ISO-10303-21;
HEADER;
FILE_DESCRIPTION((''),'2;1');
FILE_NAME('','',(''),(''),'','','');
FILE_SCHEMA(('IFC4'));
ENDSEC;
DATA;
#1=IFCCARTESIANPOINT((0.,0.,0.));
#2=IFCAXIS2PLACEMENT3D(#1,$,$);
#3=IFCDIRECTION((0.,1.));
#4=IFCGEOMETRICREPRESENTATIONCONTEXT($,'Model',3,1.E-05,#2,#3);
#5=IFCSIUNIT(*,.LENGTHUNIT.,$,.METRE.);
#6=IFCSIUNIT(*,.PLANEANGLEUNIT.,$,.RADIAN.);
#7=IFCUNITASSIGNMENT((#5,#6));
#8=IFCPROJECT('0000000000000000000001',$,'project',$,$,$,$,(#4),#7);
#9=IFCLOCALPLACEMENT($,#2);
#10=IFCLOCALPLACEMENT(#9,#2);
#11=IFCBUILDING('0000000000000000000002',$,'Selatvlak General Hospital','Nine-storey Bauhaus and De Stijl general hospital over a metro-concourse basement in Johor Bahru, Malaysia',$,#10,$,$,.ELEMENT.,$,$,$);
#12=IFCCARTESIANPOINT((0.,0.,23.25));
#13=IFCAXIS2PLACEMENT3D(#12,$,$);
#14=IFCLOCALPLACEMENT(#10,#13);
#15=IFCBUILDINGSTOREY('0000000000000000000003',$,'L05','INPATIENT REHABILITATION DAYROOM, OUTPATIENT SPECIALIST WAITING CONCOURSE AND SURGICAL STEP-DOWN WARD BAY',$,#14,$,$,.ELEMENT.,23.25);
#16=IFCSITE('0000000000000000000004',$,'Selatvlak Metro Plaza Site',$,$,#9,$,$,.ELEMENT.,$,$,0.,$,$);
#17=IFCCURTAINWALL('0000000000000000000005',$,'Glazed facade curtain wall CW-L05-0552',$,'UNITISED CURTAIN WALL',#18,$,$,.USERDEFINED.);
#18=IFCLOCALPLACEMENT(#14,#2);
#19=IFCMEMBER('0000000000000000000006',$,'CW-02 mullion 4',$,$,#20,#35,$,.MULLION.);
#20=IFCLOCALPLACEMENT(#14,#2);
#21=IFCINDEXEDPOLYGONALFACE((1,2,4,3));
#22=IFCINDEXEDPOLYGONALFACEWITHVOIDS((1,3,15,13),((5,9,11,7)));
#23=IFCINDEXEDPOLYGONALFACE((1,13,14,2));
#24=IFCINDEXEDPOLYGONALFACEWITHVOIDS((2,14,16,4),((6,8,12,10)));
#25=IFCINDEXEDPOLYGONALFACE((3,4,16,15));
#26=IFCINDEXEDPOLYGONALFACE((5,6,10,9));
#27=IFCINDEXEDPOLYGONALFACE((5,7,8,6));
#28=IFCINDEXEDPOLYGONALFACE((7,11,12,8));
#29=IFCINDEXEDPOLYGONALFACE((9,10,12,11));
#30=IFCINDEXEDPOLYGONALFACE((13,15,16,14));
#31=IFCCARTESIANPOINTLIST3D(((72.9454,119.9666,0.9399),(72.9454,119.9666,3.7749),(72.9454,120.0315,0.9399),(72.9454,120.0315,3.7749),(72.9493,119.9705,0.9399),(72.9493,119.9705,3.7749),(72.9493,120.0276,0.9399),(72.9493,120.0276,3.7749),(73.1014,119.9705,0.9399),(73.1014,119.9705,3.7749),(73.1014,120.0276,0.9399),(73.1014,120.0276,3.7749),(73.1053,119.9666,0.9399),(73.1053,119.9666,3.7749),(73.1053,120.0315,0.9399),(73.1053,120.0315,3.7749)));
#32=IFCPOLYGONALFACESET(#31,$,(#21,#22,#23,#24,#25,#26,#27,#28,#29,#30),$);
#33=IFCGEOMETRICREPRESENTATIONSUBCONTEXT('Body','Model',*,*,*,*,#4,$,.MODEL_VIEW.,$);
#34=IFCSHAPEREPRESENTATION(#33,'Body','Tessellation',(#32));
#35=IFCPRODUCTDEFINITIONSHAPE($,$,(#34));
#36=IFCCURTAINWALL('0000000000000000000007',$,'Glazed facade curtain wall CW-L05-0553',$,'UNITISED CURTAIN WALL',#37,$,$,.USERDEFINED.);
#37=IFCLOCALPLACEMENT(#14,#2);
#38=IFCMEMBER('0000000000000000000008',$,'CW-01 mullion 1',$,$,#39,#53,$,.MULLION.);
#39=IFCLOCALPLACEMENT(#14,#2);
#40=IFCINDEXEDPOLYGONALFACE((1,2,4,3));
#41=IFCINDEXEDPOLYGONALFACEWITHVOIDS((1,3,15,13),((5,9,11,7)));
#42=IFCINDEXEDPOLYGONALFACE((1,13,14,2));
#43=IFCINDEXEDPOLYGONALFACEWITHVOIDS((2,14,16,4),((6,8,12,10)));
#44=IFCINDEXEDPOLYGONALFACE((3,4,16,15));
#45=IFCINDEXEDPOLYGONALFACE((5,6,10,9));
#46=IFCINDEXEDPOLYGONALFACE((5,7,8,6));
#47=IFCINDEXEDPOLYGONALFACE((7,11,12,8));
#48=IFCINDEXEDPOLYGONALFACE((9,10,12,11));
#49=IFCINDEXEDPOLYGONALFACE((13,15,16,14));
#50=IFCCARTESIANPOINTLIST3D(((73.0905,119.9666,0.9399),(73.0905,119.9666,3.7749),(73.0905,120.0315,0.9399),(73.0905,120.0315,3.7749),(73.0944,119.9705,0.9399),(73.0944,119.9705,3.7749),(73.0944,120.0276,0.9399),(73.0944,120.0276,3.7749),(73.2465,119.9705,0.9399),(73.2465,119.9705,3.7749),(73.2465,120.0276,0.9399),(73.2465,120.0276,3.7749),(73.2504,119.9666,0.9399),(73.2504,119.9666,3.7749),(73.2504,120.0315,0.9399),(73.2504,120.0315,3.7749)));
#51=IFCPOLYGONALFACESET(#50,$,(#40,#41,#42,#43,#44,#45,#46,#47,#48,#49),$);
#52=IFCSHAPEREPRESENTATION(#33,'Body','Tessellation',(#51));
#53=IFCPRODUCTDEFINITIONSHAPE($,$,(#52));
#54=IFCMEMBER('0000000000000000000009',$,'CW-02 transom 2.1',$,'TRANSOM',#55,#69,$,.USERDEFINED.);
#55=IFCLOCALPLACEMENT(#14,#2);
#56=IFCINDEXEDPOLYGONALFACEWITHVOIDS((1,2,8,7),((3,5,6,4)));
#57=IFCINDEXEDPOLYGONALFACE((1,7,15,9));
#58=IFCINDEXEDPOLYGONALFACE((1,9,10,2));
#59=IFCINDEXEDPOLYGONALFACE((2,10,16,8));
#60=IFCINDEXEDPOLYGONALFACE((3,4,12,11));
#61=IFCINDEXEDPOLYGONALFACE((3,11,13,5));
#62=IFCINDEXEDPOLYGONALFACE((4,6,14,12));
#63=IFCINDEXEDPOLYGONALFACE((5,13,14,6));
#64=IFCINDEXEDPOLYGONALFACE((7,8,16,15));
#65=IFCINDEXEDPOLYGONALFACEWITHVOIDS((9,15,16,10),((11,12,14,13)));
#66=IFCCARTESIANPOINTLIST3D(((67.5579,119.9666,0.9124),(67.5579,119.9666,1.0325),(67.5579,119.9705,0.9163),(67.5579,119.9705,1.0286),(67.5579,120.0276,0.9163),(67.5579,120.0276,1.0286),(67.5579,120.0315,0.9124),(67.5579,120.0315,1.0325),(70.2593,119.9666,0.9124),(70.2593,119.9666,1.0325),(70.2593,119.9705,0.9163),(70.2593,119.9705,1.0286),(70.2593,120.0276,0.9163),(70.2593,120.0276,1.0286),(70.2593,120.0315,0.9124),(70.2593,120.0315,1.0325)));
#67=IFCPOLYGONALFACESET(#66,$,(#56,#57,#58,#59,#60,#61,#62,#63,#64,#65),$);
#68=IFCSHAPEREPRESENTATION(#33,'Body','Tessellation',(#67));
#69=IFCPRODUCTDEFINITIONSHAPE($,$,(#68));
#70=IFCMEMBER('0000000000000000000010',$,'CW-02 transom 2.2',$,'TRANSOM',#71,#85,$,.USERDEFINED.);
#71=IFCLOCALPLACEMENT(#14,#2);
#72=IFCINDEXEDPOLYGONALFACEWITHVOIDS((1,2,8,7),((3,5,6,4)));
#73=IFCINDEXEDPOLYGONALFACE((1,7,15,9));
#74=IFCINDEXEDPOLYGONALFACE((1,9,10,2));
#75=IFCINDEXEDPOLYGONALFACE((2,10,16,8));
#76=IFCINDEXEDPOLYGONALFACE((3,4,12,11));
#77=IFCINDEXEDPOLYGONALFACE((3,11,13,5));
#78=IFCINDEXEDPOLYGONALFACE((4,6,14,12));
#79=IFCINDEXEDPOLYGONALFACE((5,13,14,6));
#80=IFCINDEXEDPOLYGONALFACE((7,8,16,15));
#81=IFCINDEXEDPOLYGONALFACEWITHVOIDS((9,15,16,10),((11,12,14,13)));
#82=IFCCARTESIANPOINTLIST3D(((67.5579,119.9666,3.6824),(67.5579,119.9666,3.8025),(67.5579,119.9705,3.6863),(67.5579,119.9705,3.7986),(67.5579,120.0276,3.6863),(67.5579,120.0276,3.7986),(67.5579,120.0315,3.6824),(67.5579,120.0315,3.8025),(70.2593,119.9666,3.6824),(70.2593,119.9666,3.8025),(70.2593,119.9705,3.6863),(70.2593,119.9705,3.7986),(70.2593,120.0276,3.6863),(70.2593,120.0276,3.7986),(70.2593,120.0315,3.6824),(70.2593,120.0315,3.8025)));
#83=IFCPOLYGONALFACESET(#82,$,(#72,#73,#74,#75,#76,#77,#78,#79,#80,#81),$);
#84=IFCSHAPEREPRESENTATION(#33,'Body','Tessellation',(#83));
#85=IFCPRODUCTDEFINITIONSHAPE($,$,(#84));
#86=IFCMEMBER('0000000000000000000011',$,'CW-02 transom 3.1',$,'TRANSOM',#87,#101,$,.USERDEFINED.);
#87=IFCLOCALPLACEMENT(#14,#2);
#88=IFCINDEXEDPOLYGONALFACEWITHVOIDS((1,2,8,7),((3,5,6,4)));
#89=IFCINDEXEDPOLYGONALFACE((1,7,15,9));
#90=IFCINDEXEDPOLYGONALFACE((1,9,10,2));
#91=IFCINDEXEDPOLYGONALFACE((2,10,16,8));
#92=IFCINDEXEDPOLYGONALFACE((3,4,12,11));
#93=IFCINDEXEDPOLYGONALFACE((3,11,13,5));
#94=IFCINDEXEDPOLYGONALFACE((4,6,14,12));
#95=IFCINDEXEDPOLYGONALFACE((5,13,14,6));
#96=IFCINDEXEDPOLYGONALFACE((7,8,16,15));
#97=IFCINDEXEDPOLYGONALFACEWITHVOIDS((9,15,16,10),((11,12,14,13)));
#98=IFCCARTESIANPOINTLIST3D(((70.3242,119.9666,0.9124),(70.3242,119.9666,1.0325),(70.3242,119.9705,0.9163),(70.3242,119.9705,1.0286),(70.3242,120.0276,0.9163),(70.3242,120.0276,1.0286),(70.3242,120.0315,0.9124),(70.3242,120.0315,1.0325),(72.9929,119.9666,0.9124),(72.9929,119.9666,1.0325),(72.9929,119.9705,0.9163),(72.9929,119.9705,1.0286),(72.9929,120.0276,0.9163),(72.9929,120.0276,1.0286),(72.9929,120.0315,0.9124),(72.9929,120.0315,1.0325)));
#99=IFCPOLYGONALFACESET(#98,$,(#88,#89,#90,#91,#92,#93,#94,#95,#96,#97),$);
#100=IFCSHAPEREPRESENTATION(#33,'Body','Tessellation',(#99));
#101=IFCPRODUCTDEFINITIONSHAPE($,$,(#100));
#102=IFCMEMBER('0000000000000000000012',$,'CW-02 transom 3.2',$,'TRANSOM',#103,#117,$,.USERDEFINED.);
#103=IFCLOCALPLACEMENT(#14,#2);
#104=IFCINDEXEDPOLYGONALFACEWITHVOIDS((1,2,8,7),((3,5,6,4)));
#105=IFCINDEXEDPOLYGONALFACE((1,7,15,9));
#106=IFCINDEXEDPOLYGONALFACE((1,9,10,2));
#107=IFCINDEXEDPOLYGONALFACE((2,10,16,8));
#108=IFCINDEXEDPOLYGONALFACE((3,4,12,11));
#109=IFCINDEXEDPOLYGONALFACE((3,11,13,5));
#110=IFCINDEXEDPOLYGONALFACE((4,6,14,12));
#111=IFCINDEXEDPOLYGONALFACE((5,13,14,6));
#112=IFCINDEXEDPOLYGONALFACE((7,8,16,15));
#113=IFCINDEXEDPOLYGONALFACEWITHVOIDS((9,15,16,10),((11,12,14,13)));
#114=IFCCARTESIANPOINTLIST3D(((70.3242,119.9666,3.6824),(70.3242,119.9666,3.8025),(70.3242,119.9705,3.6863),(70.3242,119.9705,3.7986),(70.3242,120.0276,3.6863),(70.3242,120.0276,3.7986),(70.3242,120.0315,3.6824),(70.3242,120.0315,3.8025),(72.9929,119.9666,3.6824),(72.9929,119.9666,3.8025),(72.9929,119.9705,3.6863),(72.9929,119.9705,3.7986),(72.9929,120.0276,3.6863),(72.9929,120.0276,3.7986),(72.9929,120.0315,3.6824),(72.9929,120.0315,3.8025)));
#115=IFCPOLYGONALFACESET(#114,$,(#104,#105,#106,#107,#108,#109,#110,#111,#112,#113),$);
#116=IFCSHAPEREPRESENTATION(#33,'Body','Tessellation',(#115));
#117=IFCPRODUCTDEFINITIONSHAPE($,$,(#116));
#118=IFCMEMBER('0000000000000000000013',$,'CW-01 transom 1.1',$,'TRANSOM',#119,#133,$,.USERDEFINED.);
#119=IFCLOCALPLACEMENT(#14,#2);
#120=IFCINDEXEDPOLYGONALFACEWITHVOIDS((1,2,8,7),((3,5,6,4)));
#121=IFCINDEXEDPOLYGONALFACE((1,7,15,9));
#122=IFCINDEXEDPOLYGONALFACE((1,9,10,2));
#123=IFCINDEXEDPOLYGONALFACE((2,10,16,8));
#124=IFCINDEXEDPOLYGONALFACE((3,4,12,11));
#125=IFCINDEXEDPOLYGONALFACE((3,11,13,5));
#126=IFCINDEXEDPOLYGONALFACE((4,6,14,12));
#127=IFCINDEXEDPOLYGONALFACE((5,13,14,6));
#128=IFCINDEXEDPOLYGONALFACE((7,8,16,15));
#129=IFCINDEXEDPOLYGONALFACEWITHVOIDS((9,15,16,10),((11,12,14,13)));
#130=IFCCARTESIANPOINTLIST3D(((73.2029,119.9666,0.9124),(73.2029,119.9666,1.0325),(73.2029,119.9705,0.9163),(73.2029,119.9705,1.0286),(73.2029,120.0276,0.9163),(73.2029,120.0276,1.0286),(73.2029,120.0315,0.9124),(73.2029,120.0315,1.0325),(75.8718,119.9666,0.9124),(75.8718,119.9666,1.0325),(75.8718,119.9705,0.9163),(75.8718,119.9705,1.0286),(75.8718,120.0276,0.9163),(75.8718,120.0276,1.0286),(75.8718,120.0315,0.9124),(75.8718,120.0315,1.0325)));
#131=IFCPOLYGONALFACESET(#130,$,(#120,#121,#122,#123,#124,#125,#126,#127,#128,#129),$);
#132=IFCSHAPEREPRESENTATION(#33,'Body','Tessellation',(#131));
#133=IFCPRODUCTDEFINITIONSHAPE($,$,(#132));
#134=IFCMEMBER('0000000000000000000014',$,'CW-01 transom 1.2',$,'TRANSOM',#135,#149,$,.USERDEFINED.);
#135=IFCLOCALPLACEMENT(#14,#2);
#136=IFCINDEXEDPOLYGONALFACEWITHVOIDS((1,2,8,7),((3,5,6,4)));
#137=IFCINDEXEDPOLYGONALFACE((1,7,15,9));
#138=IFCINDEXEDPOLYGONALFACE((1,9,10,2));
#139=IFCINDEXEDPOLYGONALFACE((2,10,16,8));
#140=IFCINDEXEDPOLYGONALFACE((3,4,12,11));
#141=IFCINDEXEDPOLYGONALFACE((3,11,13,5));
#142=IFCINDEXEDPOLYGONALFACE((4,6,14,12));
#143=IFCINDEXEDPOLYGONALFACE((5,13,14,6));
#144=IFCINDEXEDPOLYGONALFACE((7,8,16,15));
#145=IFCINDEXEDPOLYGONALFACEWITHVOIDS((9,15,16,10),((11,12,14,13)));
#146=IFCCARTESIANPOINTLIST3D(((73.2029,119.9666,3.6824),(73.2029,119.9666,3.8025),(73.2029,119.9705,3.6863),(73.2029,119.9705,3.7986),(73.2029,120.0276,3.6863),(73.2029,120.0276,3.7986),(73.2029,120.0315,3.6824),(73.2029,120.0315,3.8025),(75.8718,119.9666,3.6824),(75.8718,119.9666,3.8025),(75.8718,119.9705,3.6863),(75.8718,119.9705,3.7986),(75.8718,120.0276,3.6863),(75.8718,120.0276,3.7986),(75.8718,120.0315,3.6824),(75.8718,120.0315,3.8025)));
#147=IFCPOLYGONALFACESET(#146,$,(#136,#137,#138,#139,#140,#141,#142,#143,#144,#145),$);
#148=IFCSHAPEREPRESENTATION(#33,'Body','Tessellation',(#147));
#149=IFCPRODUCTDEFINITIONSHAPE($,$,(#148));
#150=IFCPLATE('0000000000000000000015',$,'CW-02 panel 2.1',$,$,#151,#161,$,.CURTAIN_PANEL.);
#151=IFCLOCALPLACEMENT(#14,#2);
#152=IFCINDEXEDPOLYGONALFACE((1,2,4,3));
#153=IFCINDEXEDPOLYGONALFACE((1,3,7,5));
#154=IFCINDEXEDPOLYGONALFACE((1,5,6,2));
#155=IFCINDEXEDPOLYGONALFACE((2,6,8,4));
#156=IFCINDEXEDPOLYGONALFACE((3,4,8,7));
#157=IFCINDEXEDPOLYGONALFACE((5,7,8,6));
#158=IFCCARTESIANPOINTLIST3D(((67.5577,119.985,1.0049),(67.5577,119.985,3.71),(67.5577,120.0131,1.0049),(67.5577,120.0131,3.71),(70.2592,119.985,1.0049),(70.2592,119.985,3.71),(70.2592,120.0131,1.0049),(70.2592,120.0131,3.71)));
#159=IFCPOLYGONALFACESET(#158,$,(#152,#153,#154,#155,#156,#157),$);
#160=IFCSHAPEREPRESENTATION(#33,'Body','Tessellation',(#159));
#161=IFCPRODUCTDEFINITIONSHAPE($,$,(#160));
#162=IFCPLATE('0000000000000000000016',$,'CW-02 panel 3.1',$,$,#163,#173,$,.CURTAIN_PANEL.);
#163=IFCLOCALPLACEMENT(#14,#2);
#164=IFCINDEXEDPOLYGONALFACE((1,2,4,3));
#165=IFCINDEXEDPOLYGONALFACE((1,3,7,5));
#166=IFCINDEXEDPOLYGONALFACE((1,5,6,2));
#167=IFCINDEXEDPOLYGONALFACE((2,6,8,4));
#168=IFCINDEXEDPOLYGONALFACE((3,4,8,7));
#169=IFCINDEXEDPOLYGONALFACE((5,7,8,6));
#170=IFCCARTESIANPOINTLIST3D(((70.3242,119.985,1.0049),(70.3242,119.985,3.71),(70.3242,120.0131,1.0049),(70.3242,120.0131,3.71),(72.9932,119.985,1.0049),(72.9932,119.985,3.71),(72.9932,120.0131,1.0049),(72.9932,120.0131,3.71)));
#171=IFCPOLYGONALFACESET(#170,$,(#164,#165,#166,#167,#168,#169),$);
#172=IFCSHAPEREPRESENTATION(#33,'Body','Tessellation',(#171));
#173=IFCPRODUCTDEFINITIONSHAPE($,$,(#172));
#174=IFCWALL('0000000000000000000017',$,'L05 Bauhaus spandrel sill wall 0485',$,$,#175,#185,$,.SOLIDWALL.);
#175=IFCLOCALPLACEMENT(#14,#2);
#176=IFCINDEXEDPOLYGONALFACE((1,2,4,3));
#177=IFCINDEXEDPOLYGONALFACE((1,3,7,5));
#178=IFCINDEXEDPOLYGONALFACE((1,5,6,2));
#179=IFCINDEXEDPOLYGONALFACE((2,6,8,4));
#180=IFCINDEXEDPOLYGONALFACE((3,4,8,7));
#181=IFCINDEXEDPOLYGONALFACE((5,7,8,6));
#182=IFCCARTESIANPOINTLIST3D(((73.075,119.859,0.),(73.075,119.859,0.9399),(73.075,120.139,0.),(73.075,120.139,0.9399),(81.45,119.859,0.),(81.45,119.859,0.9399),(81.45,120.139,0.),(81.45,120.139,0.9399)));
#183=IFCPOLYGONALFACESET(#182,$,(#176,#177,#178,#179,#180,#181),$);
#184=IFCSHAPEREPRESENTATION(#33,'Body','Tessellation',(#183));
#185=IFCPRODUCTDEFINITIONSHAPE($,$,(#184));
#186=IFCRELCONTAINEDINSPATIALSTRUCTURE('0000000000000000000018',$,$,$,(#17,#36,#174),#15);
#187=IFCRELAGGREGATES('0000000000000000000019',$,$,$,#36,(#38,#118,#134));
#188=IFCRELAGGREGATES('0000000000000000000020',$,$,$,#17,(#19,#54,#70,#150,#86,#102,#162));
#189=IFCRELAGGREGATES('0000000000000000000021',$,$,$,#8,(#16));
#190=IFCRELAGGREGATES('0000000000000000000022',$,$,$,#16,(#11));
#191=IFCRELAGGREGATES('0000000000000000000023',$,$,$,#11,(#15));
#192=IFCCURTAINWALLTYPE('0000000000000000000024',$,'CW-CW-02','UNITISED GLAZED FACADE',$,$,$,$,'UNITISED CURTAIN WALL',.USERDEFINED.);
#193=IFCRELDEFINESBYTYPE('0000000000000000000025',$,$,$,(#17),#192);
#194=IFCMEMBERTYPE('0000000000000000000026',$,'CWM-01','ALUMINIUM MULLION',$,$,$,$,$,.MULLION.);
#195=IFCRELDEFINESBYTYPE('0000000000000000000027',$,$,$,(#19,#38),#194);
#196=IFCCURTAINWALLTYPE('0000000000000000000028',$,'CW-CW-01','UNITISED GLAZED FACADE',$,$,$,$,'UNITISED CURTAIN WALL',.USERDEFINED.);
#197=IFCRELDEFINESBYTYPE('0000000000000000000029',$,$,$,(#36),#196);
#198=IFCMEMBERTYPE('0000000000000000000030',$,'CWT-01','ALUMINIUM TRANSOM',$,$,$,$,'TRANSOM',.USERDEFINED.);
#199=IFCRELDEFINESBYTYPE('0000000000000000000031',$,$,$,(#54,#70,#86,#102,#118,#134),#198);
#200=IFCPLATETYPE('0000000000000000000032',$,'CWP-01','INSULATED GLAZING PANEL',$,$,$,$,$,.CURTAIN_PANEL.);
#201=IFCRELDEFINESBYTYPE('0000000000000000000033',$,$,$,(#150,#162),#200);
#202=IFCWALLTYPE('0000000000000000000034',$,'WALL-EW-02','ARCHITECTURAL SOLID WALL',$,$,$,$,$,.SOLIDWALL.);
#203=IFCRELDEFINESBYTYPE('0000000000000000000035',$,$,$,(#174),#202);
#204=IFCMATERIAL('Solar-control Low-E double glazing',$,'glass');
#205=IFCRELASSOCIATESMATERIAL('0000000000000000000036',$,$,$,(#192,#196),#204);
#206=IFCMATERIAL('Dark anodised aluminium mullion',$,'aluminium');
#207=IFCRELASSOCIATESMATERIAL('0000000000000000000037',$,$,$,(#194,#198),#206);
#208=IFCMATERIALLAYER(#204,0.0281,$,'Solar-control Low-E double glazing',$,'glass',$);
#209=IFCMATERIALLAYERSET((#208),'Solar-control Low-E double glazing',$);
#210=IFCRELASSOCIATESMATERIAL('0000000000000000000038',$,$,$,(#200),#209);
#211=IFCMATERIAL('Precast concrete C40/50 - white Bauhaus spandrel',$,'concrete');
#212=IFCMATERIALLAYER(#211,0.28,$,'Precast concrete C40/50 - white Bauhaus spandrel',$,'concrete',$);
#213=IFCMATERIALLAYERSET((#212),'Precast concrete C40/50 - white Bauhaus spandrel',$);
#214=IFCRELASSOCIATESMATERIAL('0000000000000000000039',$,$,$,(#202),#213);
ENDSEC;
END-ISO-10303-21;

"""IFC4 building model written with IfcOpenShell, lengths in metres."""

from ifc_helpers import new_model, si_unit, direction, frame, frame_2d, origin, origin_2d, place, context, subcontext, project, spatial, rectangle, hollow_rectangle, extrude, material, layer, layer_set, material_profile, profile_set, type_object, element, aggregate, save


model = new_model("IFC4")

# Units and contexts
model_context = context("Model", 3, precision=1e-05, world=origin(), true_north=direction((0.0, 1.0)))
body_context = subcontext(model_context, "Body", "Model", "MODEL_VIEW")
ifc_project = project(units=[si_unit("LENGTHUNIT", "METRE"), si_unit("PLANEANGLEUNIT", "RADIAN")], contexts=[model_context])

# Site, building, storey
site_placement = place(None, origin())
site = spatial("IfcSite", under=ifc_project, at=site_placement, Name="Selatvlak Metro Plaza Site", CompositionType="ELEMENT", RefElevation=0.0)
building_placement = place(site_placement, origin())
building = spatial("IfcBuilding", under=site, at=building_placement, Name="Selatvlak General Hospital", Description="Nine-storey Bauhaus and De Stijl general hospital over a metro-concourse basement in Johor Bahru, Malaysia", CompositionType="ELEMENT")
storey_placement = place(building_placement, frame((0.0, 0.0, 23.25)))
storey = spatial("IfcBuildingStorey", under=building, at=storey_placement, Name="L05", Description="INPATIENT REHABILITATION DAYROOM, OUTPATIENT SPECIALIST WAITING CONCOURSE AND SURGICAL STEP-DOWN WARD BAY", CompositionType="ELEMENT", Elevation=23.25)

# Curtain wall, member
ifc_material_1 = material(Name="Solar-control Low-E double glazing", Category="glass")
curtain_wall_type_1 = type_object("IfcCurtainWallType", Name="CW-CW-02", Description="UNITISED GLAZED FACADE", ElementType="UNITISED CURTAIN WALL", PredefinedType="USERDEFINED", material=ifc_material_1)
curtain_wall_1_placement = place(storey_placement, origin())
curtain_wall_1 = element("IfcCurtainWall", 1, at=curtain_wall_1_placement, inside=storey, type_object=curtain_wall_type_1, Name="Glazed facade curtain wall CW-L05-0552", ObjectType="UNITISED CURTAIN WALL", PredefinedType="USERDEFINED")
ifc_material_2 = material(Name="Dark anodised aluminium mullion", Category="aluminium")
ifc_material_profile_1 = material_profile(ifc_material_2, hollow_rectangle(XDim=0.0649, YDim=0.1599, WallThickness=0.0039, at=origin_2d()), Name="AL-MUL 65x160x4")
ifc_profile_set_1 = profile_set([ifc_material_profile_1], Name="Dark anodised aluminium mullion")
member_type_1 = type_object("IfcMemberType", Name="CWM-01", Description="ALUMINIUM MULLION", PredefinedType="MULLION", material=ifc_profile_set_1)
member_1_placement = place(storey_placement, frame((73.0254, 119.999, 0.9399), z_axis=(0.0, 0.0, 1.0), x_axis=(0.0, 1.0, 0.0)))
member_1 = element("IfcMember", 2, at=member_1_placement, type_object=member_type_1, Name="CW-02 mullion 4", PredefinedType="MULLION", context=body_context, shape_type="SweptSolid", body=[
    extrude(hollow_rectangle(XDim=0.0649, YDim=0.1599, WallThickness=0.0039, at=origin_2d()), origin(), (0.0, 0.0, 1.0), 2.835),
])

# Curtain wall, member
curtain_wall_type_2 = type_object("IfcCurtainWallType", Name="CW-CW-01", Description="UNITISED GLAZED FACADE", ElementType="UNITISED CURTAIN WALL", PredefinedType="USERDEFINED", material=ifc_material_1)
curtain_wall_2_placement = place(storey_placement, origin())
curtain_wall_2 = element("IfcCurtainWall", 3, at=curtain_wall_2_placement, inside=storey, type_object=curtain_wall_type_2, Name="Glazed facade curtain wall CW-L05-0553", ObjectType="UNITISED CURTAIN WALL", PredefinedType="USERDEFINED")
member_2_placement = place(storey_placement, frame((73.1704, 119.999, 0.9399), z_axis=(0.0, 0.0, 1.0), x_axis=(0.0, 1.0, 0.0)))
member_2 = element("IfcMember", 4, at=member_2_placement, type_object=member_type_1, Name="CW-01 mullion 1", PredefinedType="MULLION", context=body_context, shape_type="SweptSolid", body=[
    extrude(hollow_rectangle(XDim=0.0649, YDim=0.1599, WallThickness=0.0039, at=origin_2d()), origin(), (0.0, 0.0, 1.0), 2.835),
])

# Members
ifc_material_profile_2 = material_profile(ifc_material_2, hollow_rectangle(XDim=0.0649, YDim=0.1201, WallThickness=0.0039, at=origin_2d()), Name="AL-TRN 65x120x4")
ifc_profile_set_2 = profile_set([ifc_material_profile_2], Name="Dark anodised aluminium mullion")
member_type_2 = type_object("IfcMemberType", Name="CWT-01", Description="ALUMINIUM TRANSOM", ElementType="TRANSOM", PredefinedType="USERDEFINED", material=ifc_profile_set_2)
member_3_placement = place(storey_placement, frame((67.5579, 119.999, 0.9724), z_axis=(1.0, 0.0, 0.0), x_axis=(0.0, 1.0, 0.0)))
member_3 = element("IfcMember", 5, at=member_3_placement, type_object=member_type_2, Name="CW-02 transom 2.1", ObjectType="TRANSOM", PredefinedType="USERDEFINED", context=body_context, shape_type="SweptSolid", body=[
    extrude(hollow_rectangle(XDim=0.0649, YDim=0.1201, WallThickness=0.0039, at=origin_2d()), origin(), (0.0, 0.0, 1.0), 2.7014),
])
member_4_placement = place(storey_placement, frame((67.5579, 119.999, 3.7424), z_axis=(1.0, 0.0, 0.0), x_axis=(0.0, 1.0, 0.0)))
member_4 = element("IfcMember", 6, at=member_4_placement, type_object=member_type_2, Name="CW-02 transom 2.2", ObjectType="TRANSOM", PredefinedType="USERDEFINED", context=body_context, shape_type="SweptSolid", body=[
    extrude(hollow_rectangle(XDim=0.0649, YDim=0.1201, WallThickness=0.0039, at=origin_2d()), origin(), (0.0, 0.0, 1.0), 2.7014),
])
member_5_placement = place(storey_placement, frame((70.3242, 119.999, 0.9724), z_axis=(1.0, 0.0, 0.0), x_axis=(0.0, 1.0, 0.0)))
member_5 = element("IfcMember", 7, at=member_5_placement, type_object=member_type_2, Name="CW-02 transom 3.1", ObjectType="TRANSOM", PredefinedType="USERDEFINED", context=body_context, shape_type="SweptSolid", body=[
    extrude(hollow_rectangle(XDim=0.0649, YDim=0.1201, WallThickness=0.0039, at=origin_2d()), origin(), (0.0, 0.0, 1.0), 2.6687),
])
member_6_placement = place(storey_placement, frame((70.3242, 119.999, 3.7424), z_axis=(1.0, 0.0, 0.0), x_axis=(0.0, 1.0, 0.0)))
member_6 = element("IfcMember", 8, at=member_6_placement, type_object=member_type_2, Name="CW-02 transom 3.2", ObjectType="TRANSOM", PredefinedType="USERDEFINED", context=body_context, shape_type="SweptSolid", body=[
    extrude(hollow_rectangle(XDim=0.0649, YDim=0.1201, WallThickness=0.0039, at=origin_2d()), origin(), (0.0, 0.0, 1.0), 2.6687),
])
member_7_placement = place(storey_placement, frame((73.2029, 119.999, 0.9724), z_axis=(1.0, 0.0, 0.0), x_axis=(0.0, 1.0, 0.0)))
member_7 = element("IfcMember", 9, at=member_7_placement, type_object=member_type_2, Name="CW-01 transom 1.1", ObjectType="TRANSOM", PredefinedType="USERDEFINED", context=body_context, shape_type="SweptSolid", body=[
    extrude(hollow_rectangle(XDim=0.0649, YDim=0.1201, WallThickness=0.0039, at=origin_2d()), origin(), (0.0, 0.0, 1.0), 2.6689),
])
member_8_placement = place(storey_placement, frame((73.2029, 119.999, 3.7424), z_axis=(1.0, 0.0, 0.0), x_axis=(0.0, 1.0, 0.0)))
member_8 = element("IfcMember", 10, at=member_8_placement, type_object=member_type_2, Name="CW-01 transom 1.2", ObjectType="TRANSOM", PredefinedType="USERDEFINED", context=body_context, shape_type="SweptSolid", body=[
    extrude(hollow_rectangle(XDim=0.0649, YDim=0.1201, WallThickness=0.0039, at=origin_2d()), origin(), (0.0, 0.0, 1.0), 2.6689),
])
aggregate(curtain_wall_2, [member_2, member_7, member_8])

# Plates
ifc_layer_1 = layer(ifc_material_1, 0.0281, Name="Solar-control Low-E double glazing", Category="glass")
ifc_layer_set_1 = layer_set([ifc_layer_1], Name="Solar-control Low-E double glazing")
plate_type = type_object("IfcPlateType", Name="CWP-01", Description="INSULATED GLAZING PANEL", PredefinedType="CURTAIN_PANEL", material=ifc_layer_set_1)
plate_1_placement = place(storey_placement, frame((68.9084, 119.999, 1.0049), z_axis=(0.0, 0.0, 1.0), x_axis=(1.0, 0.0, 0.0)))
plate_1 = element("IfcPlate", 11, at=plate_1_placement, type_object=plate_type, Name="CW-02 panel 2.1", PredefinedType="CURTAIN_PANEL", context=body_context, shape_type="SweptSolid", body=[
    extrude(rectangle(XDim=2.7014, YDim=0.0281, at=origin_2d()), origin(), (0.0, 0.0, 1.0), 2.7051),
])
plate_2_placement = place(storey_placement, frame((71.6587, 119.999, 1.0049), z_axis=(0.0, 0.0, 1.0), x_axis=(1.0, 0.0, 0.0)))
plate_2 = element("IfcPlate", 12, at=plate_2_placement, type_object=plate_type, Name="CW-02 panel 3.1", PredefinedType="CURTAIN_PANEL", context=body_context, shape_type="SweptSolid", body=[
    extrude(rectangle(XDim=2.6689, YDim=0.0281, at=origin_2d()), origin(), (0.0, 0.0, 1.0), 2.7051),
])
aggregate(curtain_wall_1, [member_1, member_3, member_4, plate_1, member_5, member_6, plate_2])

# Wall
ifc_material_3 = material(Name="Precast concrete C40/50 - white Bauhaus spandrel", Category="concrete")
ifc_layer_2 = layer(ifc_material_3, 0.28, Name="Precast concrete C40/50 - white Bauhaus spandrel", Category="concrete")
ifc_layer_set_2 = layer_set([ifc_layer_2], Name="Precast concrete C40/50 - white Bauhaus spandrel")
wall_type_1 = type_object("IfcWallType", Name="WALL-EW-02", Description="ARCHITECTURAL SOLID WALL", PredefinedType="SOLIDWALL", material=ifc_layer_set_2)
wall_1_placement = place(storey_placement, frame((73.075, 119.999, 0.0), z_axis=(0.0, 0.0, 1.0), x_axis=(1.0, 0.0, 0.0)))
element("IfcWall", 13, at=wall_1_placement, inside=storey, type_object=wall_type_1, Name="L05 Bauhaus spandrel sill wall 0485", PredefinedType="SOLIDWALL", context=body_context, shape_type="SweptSolid", body=[
    extrude(rectangle(XDim=8.375, YDim=0.28, at=frame_2d((4.1875, 0.0))), origin(), (0.0, 0.0, 1.0), 0.9399),
])

save(model, "model.ifc")
